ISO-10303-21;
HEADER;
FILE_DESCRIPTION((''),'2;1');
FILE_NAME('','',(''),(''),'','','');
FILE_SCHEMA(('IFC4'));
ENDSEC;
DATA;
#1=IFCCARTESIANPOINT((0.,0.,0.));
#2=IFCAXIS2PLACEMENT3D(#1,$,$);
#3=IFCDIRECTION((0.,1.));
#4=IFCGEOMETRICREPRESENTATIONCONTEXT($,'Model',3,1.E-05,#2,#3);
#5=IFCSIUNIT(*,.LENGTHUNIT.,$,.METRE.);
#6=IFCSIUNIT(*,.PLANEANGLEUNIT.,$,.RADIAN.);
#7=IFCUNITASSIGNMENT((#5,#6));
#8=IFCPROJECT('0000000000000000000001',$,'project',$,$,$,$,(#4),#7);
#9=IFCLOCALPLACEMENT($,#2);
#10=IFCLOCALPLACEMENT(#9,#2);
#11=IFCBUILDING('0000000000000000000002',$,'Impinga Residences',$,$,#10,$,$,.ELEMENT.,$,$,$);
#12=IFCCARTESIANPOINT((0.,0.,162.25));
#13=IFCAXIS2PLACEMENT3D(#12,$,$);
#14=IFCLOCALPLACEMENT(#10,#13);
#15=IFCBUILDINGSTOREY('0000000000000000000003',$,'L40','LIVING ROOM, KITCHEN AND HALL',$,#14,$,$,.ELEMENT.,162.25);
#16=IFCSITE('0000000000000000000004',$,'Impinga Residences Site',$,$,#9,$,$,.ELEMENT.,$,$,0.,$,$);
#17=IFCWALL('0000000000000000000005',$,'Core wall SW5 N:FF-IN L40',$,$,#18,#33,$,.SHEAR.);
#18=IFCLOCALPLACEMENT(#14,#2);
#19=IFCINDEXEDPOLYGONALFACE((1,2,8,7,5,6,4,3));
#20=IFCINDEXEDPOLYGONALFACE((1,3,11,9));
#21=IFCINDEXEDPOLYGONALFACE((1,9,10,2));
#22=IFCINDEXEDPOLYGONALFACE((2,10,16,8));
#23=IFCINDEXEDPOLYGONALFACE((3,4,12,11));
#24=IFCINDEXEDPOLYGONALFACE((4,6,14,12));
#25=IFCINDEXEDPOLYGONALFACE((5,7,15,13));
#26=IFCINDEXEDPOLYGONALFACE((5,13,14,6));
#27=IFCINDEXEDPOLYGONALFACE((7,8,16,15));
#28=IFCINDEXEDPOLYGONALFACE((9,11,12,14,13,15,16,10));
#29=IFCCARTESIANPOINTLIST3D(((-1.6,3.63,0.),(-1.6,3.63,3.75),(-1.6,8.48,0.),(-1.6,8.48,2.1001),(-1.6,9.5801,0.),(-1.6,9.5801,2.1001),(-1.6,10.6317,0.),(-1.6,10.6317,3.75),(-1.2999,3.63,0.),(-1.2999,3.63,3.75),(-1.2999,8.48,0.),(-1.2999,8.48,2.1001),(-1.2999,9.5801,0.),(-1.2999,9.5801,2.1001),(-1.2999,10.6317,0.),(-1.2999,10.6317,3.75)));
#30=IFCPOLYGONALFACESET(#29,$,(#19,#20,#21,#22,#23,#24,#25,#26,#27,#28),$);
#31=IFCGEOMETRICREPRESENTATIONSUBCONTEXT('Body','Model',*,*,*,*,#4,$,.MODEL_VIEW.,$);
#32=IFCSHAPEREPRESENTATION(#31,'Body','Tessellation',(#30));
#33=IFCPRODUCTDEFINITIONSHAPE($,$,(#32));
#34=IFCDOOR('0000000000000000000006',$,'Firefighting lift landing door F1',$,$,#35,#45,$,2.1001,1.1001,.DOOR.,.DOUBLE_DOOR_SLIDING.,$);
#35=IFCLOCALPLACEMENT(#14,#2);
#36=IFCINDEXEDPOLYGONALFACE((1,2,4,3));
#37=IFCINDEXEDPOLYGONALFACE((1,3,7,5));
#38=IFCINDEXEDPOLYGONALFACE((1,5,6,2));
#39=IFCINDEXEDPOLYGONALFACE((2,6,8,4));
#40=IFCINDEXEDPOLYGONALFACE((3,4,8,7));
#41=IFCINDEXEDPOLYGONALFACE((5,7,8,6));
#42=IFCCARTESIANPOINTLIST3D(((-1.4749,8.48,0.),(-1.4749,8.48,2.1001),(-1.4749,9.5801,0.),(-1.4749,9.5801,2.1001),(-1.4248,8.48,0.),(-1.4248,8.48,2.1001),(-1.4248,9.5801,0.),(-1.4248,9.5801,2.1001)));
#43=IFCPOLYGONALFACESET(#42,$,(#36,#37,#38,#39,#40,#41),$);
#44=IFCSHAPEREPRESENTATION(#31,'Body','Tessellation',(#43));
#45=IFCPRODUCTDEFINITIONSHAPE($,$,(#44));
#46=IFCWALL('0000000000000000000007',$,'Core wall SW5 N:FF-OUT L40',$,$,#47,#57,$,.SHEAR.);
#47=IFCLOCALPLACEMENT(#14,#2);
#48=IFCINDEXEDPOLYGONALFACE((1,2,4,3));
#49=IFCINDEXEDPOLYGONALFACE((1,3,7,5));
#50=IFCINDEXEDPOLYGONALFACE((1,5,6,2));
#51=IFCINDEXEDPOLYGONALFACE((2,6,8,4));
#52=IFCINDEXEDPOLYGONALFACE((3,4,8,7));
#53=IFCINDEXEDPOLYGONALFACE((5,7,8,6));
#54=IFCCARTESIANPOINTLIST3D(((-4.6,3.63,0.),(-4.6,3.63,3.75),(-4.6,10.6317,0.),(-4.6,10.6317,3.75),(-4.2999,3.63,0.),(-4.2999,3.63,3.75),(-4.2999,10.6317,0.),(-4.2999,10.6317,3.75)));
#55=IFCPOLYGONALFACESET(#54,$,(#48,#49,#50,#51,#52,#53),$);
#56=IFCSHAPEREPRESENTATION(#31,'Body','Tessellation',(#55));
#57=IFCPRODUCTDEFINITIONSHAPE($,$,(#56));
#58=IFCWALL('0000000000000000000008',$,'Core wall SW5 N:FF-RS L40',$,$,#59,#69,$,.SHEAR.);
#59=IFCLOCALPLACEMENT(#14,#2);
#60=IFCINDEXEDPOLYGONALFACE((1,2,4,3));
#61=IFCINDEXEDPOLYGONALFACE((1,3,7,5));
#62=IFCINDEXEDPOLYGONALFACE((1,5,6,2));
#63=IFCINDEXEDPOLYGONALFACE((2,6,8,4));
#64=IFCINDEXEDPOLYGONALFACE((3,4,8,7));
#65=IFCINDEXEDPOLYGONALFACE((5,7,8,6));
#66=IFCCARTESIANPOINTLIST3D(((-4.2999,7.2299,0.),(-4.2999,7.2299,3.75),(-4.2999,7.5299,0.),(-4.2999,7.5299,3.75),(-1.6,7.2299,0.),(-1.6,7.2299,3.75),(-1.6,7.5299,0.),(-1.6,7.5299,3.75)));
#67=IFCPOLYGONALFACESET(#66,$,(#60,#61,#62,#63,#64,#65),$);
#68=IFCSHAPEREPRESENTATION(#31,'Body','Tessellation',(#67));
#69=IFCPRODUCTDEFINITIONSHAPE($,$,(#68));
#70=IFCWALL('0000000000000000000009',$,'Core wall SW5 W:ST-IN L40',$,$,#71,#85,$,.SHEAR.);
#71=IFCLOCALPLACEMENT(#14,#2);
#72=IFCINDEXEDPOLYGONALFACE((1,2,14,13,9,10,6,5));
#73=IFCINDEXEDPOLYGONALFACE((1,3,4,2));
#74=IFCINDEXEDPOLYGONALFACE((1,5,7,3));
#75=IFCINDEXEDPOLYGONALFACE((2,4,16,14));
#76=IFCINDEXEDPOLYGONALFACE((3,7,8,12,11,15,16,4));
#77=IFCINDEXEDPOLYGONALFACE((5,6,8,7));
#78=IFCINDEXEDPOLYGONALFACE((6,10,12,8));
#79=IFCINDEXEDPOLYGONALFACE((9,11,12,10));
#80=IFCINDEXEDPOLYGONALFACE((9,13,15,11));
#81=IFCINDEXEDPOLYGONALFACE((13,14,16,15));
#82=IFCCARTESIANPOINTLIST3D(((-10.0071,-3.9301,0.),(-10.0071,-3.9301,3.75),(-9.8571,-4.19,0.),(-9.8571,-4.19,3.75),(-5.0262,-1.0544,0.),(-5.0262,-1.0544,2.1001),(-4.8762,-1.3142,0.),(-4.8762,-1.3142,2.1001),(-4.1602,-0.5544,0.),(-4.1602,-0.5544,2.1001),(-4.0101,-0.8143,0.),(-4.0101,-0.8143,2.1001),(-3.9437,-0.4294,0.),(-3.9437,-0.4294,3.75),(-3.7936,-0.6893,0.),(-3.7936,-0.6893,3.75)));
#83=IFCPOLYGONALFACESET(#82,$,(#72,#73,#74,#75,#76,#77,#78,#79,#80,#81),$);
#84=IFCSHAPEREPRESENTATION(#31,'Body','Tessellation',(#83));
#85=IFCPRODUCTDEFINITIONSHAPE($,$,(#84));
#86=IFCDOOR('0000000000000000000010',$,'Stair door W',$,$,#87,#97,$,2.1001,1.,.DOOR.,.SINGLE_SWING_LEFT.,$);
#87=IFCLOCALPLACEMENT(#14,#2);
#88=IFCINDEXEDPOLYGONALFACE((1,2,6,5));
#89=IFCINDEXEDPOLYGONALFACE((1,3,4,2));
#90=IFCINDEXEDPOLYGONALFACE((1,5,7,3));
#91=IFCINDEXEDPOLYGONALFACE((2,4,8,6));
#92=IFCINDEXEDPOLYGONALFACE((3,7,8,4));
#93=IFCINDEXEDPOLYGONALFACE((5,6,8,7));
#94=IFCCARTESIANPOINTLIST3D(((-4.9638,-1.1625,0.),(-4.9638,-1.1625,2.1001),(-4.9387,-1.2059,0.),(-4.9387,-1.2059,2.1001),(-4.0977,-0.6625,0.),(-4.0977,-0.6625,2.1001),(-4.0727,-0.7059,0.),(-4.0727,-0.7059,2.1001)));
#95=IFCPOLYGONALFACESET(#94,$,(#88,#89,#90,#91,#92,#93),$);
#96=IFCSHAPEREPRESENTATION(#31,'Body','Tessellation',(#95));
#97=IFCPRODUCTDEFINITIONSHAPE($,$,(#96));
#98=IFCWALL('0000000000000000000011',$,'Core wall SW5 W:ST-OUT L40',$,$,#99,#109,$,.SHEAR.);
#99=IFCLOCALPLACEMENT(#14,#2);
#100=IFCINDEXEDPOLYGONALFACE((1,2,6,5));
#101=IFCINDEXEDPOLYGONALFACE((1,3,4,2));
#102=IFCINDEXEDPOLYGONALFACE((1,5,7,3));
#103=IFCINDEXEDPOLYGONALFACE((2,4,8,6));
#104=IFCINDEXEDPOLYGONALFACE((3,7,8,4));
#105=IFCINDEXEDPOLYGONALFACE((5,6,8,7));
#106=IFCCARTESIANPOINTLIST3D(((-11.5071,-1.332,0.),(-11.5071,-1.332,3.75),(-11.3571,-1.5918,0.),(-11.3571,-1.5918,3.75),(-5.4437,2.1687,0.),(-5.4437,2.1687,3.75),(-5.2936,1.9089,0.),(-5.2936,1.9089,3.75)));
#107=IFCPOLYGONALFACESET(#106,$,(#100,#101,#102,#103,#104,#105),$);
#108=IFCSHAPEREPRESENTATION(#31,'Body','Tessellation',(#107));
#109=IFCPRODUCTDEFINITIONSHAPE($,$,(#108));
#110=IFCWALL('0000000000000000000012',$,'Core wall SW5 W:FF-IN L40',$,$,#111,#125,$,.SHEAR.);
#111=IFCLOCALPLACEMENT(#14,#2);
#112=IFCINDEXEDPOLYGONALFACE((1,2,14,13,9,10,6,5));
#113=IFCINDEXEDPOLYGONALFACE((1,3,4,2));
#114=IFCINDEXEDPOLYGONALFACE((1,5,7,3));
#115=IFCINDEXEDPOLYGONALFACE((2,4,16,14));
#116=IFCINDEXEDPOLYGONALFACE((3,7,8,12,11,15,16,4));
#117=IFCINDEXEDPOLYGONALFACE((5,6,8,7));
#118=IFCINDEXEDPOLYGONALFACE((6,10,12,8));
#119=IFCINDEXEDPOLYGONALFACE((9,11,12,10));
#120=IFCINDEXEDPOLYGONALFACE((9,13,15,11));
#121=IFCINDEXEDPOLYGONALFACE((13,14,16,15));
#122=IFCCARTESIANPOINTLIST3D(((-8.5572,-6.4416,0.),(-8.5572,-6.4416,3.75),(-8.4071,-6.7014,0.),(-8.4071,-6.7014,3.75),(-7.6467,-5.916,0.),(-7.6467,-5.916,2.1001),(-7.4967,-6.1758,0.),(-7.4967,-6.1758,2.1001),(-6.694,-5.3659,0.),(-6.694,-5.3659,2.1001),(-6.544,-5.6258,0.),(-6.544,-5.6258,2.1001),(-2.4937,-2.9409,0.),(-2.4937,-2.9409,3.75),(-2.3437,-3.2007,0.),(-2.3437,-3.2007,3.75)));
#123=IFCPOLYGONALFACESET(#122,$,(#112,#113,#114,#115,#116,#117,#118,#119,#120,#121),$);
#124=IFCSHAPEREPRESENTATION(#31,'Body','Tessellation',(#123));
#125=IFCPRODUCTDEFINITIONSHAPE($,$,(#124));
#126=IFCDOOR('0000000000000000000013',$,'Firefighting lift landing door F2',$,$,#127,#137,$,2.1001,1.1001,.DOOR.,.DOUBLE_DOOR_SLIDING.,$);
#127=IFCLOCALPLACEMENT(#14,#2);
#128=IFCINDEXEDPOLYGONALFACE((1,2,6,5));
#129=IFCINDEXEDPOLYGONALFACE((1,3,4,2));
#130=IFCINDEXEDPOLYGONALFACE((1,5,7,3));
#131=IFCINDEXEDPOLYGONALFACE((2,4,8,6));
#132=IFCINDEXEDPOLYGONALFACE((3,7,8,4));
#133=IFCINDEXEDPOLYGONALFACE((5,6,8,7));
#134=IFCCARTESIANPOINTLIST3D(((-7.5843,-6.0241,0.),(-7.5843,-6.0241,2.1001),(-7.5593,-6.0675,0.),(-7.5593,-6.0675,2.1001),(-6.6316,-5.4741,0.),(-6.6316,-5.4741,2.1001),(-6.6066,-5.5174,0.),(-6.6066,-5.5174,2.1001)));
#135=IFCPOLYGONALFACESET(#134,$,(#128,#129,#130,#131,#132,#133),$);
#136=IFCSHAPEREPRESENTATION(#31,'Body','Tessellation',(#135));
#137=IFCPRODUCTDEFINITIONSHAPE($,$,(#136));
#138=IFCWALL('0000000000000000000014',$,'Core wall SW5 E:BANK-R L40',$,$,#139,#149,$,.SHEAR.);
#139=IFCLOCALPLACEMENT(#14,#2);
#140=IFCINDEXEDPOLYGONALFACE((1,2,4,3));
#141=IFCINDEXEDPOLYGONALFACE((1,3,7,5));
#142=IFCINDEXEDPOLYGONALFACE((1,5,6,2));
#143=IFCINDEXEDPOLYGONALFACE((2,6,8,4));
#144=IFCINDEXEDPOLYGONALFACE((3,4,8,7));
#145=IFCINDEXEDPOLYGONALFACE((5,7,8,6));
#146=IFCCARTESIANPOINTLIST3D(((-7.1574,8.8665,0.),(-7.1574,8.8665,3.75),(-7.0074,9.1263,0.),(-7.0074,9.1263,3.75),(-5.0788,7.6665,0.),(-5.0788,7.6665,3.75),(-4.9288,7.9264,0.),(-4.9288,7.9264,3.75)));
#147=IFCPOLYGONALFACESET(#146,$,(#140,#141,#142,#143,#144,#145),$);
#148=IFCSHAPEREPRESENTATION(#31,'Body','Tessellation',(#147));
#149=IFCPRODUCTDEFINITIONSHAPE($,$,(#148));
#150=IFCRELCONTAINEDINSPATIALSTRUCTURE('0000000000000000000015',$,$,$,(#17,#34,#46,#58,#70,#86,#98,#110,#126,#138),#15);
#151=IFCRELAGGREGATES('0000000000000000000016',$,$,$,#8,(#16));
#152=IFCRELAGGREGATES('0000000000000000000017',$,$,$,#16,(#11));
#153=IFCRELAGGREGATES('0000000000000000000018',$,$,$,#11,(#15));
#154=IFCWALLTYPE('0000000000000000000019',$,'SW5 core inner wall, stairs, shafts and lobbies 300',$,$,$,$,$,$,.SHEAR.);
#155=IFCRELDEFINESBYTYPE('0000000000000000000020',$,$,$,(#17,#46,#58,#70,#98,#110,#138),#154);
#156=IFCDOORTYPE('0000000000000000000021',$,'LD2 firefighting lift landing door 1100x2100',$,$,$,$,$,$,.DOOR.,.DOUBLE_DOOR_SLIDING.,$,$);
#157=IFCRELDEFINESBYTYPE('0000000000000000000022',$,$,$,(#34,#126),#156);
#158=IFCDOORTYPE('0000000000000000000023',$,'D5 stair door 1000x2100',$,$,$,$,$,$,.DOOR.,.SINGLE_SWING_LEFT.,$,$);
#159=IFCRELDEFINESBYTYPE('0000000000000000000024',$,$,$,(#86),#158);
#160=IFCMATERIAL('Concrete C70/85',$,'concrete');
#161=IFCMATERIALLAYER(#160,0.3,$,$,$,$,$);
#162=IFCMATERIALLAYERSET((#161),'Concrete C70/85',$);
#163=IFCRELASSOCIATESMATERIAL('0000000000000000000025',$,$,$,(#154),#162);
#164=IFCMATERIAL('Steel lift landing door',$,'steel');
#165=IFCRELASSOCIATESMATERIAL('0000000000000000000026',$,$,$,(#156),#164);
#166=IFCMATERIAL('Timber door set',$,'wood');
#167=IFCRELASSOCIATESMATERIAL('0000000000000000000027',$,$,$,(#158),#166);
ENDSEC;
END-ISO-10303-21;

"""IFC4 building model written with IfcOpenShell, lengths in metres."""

from ifc_helpers import new_model, si_unit, direction, frame, frame_2d, origin, place, context, subcontext, project, spatial, rectangle, extrude, material, layer, layer_set, type_object, element, fill, save


model = new_model("IFC4")

# Units and contexts
model_context = context("Model", 3, precision=1e-05, world=origin(), true_north=direction((0.0, 1.0)))
body_context = subcontext(model_context, "Body", "Model", "MODEL_VIEW")
ifc_project = project(units=[si_unit("LENGTHUNIT", "METRE"), si_unit("PLANEANGLEUNIT", "RADIAN")], contexts=[model_context])

# Site, building, storey
site_placement = place(None, origin())
site = spatial("IfcSite", under=ifc_project, at=site_placement, Name="Impinga Residences Site", CompositionType="ELEMENT", RefElevation=0.0)
building_placement = place(site_placement, origin())
building = spatial("IfcBuilding", under=site, at=building_placement, Name="Impinga Residences", CompositionType="ELEMENT")
storey_placement = place(building_placement, frame((0.0, 0.0, 162.25)))
storey = spatial("IfcBuildingStorey", under=building, at=storey_placement, Name="L40", Description="LIVING ROOM, KITCHEN AND HALL", CompositionType="ELEMENT", Elevation=162.25)

# Shared definitions
ifc_material_1 = material(Name="Concrete C70/85", Category="concrete")
ifc_layer_1 = layer(ifc_material_1, 0.3)
ifc_layer_set_1 = layer_set([ifc_layer_1], Name="Concrete C70/85")
wall_type_1 = type_object("IfcWallType", Name="SW5 core inner wall, stairs, shafts and lobbies 300", PredefinedType="SHEAR", material=ifc_layer_set_1)
ifc_material_2 = material(Name="Timber door set", Category="wood")

# Wall, opening, door
wall_1_placement = place(storey_placement, frame((-1.45, 3.6299, 0.0), z_axis=(0.0, 0.0, 1.0), x_axis=(0.0, 1.0, 0.0)))
wall_1 = element("IfcWall", 1, at=wall_1_placement, inside=storey, type_object=wall_type_1, Name="Core wall SW5 N:FF-IN L40", PredefinedType="SHEAR", context=body_context, shape_type="SweptSolid", body=[
    extrude(rectangle(XDim=7.0017, YDim=0.3, at=frame_2d((3.501, 0.0))), origin(), (0.0, 0.0, 1.0), 3.75),
])
opening_1_placement = place(wall_1_placement, frame((4.8501, 0.0, 0.0)))
opening_1 = element("IfcOpeningElement", 2, at=opening_1_placement, cuts=wall_1, PredefinedType="OPENING", context=body_context, shape_type="SweptSolid", body=[
    extrude(rectangle(XDim=1.1001, YDim=2.1001, at=frame_2d((0.55, 1.05))), frame((0.0, 0.1599, 0.0), z_axis=(0.0, -1.0, 0.0), x_axis=(1.0, 0.0, 0.0)), (0.0, 0.0, 1.0), 0.3201),
])
ifc_material_3 = material(Name="Steel lift landing door", Category="steel")
door_type_1 = type_object("IfcDoorType", Name="LD2 firefighting lift landing door 1100x2100", OperationType="DOUBLE_DOOR_SLIDING", PredefinedType="DOOR", material=ifc_material_3)
door_1_placement = place(opening_1_placement, origin())
door_1 = element("IfcDoor", 3, at=door_1_placement, inside=storey, type_object=door_type_1, Name="Firefighting lift landing door F1", OperationType="DOUBLE_DOOR_SLIDING", OverallHeight=2.1001, OverallWidth=1.1001, PredefinedType="DOOR", context=body_context, shape_type="SweptSolid", body=[
    extrude(rectangle(XDim=1.1001, YDim=2.1001, at=frame_2d((0.55, 1.05))), frame((0.0, 0.0249, 0.0), z_axis=(0.0, -1.0, 0.0), x_axis=(1.0, 0.0, 0.0)), (0.0, 0.0, 1.0), 0.05),
])
fill(opening_1, door_1)

# Walls
wall_2_placement = place(storey_placement, frame((-4.45, 3.6299, 0.0), z_axis=(0.0, 0.0, 1.0), x_axis=(0.0, 1.0, 0.0)))
element("IfcWall", 4, at=wall_2_placement, inside=storey, type_object=wall_type_1, Name="Core wall SW5 N:FF-OUT L40", PredefinedType="SHEAR", context=body_context, shape_type="SweptSolid", body=[
    extrude(rectangle(XDim=7.0017, YDim=0.3, at=frame_2d((3.501, 0.0))), origin(), (0.0, 0.0, 1.0), 3.75),
])
wall_3_placement = place(storey_placement, frame((-4.3, 7.3799, 0.0), z_axis=(0.0, 0.0, 1.0), x_axis=(1.0, 0.0, 0.0)))
element("IfcWall", 5, at=wall_3_placement, inside=storey, type_object=wall_type_1, Name="Core wall SW5 N:FF-RS L40", PredefinedType="SHEAR", context=body_context, shape_type="SweptSolid", body=[
    extrude(rectangle(XDim=2.7, YDim=0.3, at=frame_2d((1.3501, 0.0))), origin(), (0.0, 0.0, 1.0), 3.75),
])

# Wall, opening, door
wall_4_placement = place(storey_placement, frame((-3.8687, -0.5593, 0.0), z_axis=(0.0, 0.0, 1.0), x_axis=(-0.866026, -0.499998, 0.0)))
wall_4 = element("IfcWall", 6, at=wall_4_placement, inside=storey, type_object=wall_type_1, Name="Core wall SW5 W:ST-IN L40", PredefinedType="SHEAR", context=body_context, shape_type="SweptSolid", body=[
    extrude(rectangle(XDim=7.0015, YDim=0.3, at=frame_2d((3.5007, 0.0))), origin(), (0.0, 0.0, 1.0), 3.75),
])
opening_2_placement = place(wall_4_placement, frame((0.25, 0.0, 0.0)))
opening_2 = element("IfcOpeningElement", 7, at=opening_2_placement, cuts=wall_4, PredefinedType="OPENING", context=body_context, shape_type="SweptSolid", body=[
    extrude(rectangle(XDim=1.0, YDim=2.1001, at=frame_2d((0.5, 1.05))), frame((0.0, 0.1599, 0.0), z_axis=(0.0, -1.0, 0.0), x_axis=(1.0, 0.0, 0.0)), (0.0, 0.0, 1.0), 0.3201),
])
door_type_2 = type_object("IfcDoorType", Name="D5 stair door 1000x2100", OperationType="SINGLE_SWING_LEFT", PredefinedType="DOOR", material=ifc_material_2)
door_2_placement = place(opening_2_placement, origin())
door_2 = element("IfcDoor", 8, at=door_2_placement, inside=storey, type_object=door_type_2, Name="Stair door W", OperationType="SINGLE_SWING_LEFT", OverallHeight=2.1001, OverallWidth=1.0, PredefinedType="DOOR", context=body_context, shape_type="SweptSolid", body=[
    extrude(rectangle(XDim=1.0, YDim=2.1001, at=frame_2d((0.5, 1.05))), frame((0.0, 0.0249, 0.0), z_axis=(0.0, -1.0, 0.0), x_axis=(1.0, 0.0, 0.0)), (0.0, 0.0, 1.0), 0.05),
])
fill(opening_2, door_2)

# Wall
wall_5_placement = place(storey_placement, frame((-5.3687, 2.0388, 0.0), z_axis=(0.0, 0.0, 1.0), x_axis=(-0.866026, -0.499998, 0.0)))
element("IfcWall", 9, at=wall_5_placement, inside=storey, type_object=wall_type_1, Name="Core wall SW5 W:ST-OUT L40", PredefinedType="SHEAR", context=body_context, shape_type="SweptSolid", body=[
    extrude(rectangle(XDim=7.0015, YDim=0.3, at=frame_2d((3.5007, 0.0))), origin(), (0.0, 0.0, 1.0), 3.75),
])

# Wall, opening, door
wall_6_placement = place(storey_placement, frame((-2.4187, -3.0708, 0.0), z_axis=(0.0, 0.0, 1.0), x_axis=(-0.866026, -0.499998, 0.0)))
wall_6 = element("IfcWall", 10, at=wall_6_placement, inside=storey, type_object=wall_type_1, Name="Core wall SW5 W:FF-IN L40", PredefinedType="SHEAR", context=body_context, shape_type="SweptSolid", body=[
    extrude(rectangle(XDim=7.0015, YDim=0.3, at=frame_2d((3.5007, 0.0))), origin(), (0.0, 0.0, 1.0), 3.75),
])
opening_3_placement = place(wall_6_placement, frame((4.8501, 0.0, 0.0)))
opening_3 = element("IfcOpeningElement", 11, at=opening_3_placement, cuts=wall_6, PredefinedType="OPENING", context=body_context, shape_type="SweptSolid", body=[
    extrude(rectangle(XDim=1.1001, YDim=2.1001, at=frame_2d((0.55, 1.05))), frame((0.0, 0.1599, 0.0), z_axis=(0.0, -1.0, 0.0), x_axis=(1.0, 0.0, 0.0)), (0.0, 0.0, 1.0), 0.3201),
])
door_3_placement = place(opening_3_placement, origin())
door_3 = element("IfcDoor", 12, at=door_3_placement, inside=storey, type_object=door_type_1, Name="Firefighting lift landing door F2", OperationType="DOUBLE_DOOR_SLIDING", OverallHeight=2.1001, OverallWidth=1.1001, PredefinedType="DOOR", context=body_context, shape_type="SweptSolid", body=[
    extrude(rectangle(XDim=1.1001, YDim=2.1001, at=frame_2d((0.55, 1.05))), frame((0.0, 0.0249, 0.0), z_axis=(0.0, -1.0, 0.0), x_axis=(1.0, 0.0, 0.0)), (0.0, 0.0, 1.0), 0.05),
])
fill(opening_3, door_3)

# Wall
wall_7_placement = place(storey_placement, frame((-5.0037, 7.7964, 0.0), z_axis=(0.0, 0.0, 1.0), x_axis=(-0.86605, 0.499957, 0.0)))
element("IfcWall", 13, at=wall_7_placement, inside=storey, type_object=wall_type_1, Name="Core wall SW5 E:BANK-R L40", PredefinedType="SHEAR", context=body_context, shape_type="SweptSolid", body=[
    extrude(rectangle(XDim=2.4001, YDim=0.3, at=frame_2d((1.2002, 0.0))), origin(), (0.0, 0.0, 1.0), 3.75),
])

save(model, "model.ifc")
